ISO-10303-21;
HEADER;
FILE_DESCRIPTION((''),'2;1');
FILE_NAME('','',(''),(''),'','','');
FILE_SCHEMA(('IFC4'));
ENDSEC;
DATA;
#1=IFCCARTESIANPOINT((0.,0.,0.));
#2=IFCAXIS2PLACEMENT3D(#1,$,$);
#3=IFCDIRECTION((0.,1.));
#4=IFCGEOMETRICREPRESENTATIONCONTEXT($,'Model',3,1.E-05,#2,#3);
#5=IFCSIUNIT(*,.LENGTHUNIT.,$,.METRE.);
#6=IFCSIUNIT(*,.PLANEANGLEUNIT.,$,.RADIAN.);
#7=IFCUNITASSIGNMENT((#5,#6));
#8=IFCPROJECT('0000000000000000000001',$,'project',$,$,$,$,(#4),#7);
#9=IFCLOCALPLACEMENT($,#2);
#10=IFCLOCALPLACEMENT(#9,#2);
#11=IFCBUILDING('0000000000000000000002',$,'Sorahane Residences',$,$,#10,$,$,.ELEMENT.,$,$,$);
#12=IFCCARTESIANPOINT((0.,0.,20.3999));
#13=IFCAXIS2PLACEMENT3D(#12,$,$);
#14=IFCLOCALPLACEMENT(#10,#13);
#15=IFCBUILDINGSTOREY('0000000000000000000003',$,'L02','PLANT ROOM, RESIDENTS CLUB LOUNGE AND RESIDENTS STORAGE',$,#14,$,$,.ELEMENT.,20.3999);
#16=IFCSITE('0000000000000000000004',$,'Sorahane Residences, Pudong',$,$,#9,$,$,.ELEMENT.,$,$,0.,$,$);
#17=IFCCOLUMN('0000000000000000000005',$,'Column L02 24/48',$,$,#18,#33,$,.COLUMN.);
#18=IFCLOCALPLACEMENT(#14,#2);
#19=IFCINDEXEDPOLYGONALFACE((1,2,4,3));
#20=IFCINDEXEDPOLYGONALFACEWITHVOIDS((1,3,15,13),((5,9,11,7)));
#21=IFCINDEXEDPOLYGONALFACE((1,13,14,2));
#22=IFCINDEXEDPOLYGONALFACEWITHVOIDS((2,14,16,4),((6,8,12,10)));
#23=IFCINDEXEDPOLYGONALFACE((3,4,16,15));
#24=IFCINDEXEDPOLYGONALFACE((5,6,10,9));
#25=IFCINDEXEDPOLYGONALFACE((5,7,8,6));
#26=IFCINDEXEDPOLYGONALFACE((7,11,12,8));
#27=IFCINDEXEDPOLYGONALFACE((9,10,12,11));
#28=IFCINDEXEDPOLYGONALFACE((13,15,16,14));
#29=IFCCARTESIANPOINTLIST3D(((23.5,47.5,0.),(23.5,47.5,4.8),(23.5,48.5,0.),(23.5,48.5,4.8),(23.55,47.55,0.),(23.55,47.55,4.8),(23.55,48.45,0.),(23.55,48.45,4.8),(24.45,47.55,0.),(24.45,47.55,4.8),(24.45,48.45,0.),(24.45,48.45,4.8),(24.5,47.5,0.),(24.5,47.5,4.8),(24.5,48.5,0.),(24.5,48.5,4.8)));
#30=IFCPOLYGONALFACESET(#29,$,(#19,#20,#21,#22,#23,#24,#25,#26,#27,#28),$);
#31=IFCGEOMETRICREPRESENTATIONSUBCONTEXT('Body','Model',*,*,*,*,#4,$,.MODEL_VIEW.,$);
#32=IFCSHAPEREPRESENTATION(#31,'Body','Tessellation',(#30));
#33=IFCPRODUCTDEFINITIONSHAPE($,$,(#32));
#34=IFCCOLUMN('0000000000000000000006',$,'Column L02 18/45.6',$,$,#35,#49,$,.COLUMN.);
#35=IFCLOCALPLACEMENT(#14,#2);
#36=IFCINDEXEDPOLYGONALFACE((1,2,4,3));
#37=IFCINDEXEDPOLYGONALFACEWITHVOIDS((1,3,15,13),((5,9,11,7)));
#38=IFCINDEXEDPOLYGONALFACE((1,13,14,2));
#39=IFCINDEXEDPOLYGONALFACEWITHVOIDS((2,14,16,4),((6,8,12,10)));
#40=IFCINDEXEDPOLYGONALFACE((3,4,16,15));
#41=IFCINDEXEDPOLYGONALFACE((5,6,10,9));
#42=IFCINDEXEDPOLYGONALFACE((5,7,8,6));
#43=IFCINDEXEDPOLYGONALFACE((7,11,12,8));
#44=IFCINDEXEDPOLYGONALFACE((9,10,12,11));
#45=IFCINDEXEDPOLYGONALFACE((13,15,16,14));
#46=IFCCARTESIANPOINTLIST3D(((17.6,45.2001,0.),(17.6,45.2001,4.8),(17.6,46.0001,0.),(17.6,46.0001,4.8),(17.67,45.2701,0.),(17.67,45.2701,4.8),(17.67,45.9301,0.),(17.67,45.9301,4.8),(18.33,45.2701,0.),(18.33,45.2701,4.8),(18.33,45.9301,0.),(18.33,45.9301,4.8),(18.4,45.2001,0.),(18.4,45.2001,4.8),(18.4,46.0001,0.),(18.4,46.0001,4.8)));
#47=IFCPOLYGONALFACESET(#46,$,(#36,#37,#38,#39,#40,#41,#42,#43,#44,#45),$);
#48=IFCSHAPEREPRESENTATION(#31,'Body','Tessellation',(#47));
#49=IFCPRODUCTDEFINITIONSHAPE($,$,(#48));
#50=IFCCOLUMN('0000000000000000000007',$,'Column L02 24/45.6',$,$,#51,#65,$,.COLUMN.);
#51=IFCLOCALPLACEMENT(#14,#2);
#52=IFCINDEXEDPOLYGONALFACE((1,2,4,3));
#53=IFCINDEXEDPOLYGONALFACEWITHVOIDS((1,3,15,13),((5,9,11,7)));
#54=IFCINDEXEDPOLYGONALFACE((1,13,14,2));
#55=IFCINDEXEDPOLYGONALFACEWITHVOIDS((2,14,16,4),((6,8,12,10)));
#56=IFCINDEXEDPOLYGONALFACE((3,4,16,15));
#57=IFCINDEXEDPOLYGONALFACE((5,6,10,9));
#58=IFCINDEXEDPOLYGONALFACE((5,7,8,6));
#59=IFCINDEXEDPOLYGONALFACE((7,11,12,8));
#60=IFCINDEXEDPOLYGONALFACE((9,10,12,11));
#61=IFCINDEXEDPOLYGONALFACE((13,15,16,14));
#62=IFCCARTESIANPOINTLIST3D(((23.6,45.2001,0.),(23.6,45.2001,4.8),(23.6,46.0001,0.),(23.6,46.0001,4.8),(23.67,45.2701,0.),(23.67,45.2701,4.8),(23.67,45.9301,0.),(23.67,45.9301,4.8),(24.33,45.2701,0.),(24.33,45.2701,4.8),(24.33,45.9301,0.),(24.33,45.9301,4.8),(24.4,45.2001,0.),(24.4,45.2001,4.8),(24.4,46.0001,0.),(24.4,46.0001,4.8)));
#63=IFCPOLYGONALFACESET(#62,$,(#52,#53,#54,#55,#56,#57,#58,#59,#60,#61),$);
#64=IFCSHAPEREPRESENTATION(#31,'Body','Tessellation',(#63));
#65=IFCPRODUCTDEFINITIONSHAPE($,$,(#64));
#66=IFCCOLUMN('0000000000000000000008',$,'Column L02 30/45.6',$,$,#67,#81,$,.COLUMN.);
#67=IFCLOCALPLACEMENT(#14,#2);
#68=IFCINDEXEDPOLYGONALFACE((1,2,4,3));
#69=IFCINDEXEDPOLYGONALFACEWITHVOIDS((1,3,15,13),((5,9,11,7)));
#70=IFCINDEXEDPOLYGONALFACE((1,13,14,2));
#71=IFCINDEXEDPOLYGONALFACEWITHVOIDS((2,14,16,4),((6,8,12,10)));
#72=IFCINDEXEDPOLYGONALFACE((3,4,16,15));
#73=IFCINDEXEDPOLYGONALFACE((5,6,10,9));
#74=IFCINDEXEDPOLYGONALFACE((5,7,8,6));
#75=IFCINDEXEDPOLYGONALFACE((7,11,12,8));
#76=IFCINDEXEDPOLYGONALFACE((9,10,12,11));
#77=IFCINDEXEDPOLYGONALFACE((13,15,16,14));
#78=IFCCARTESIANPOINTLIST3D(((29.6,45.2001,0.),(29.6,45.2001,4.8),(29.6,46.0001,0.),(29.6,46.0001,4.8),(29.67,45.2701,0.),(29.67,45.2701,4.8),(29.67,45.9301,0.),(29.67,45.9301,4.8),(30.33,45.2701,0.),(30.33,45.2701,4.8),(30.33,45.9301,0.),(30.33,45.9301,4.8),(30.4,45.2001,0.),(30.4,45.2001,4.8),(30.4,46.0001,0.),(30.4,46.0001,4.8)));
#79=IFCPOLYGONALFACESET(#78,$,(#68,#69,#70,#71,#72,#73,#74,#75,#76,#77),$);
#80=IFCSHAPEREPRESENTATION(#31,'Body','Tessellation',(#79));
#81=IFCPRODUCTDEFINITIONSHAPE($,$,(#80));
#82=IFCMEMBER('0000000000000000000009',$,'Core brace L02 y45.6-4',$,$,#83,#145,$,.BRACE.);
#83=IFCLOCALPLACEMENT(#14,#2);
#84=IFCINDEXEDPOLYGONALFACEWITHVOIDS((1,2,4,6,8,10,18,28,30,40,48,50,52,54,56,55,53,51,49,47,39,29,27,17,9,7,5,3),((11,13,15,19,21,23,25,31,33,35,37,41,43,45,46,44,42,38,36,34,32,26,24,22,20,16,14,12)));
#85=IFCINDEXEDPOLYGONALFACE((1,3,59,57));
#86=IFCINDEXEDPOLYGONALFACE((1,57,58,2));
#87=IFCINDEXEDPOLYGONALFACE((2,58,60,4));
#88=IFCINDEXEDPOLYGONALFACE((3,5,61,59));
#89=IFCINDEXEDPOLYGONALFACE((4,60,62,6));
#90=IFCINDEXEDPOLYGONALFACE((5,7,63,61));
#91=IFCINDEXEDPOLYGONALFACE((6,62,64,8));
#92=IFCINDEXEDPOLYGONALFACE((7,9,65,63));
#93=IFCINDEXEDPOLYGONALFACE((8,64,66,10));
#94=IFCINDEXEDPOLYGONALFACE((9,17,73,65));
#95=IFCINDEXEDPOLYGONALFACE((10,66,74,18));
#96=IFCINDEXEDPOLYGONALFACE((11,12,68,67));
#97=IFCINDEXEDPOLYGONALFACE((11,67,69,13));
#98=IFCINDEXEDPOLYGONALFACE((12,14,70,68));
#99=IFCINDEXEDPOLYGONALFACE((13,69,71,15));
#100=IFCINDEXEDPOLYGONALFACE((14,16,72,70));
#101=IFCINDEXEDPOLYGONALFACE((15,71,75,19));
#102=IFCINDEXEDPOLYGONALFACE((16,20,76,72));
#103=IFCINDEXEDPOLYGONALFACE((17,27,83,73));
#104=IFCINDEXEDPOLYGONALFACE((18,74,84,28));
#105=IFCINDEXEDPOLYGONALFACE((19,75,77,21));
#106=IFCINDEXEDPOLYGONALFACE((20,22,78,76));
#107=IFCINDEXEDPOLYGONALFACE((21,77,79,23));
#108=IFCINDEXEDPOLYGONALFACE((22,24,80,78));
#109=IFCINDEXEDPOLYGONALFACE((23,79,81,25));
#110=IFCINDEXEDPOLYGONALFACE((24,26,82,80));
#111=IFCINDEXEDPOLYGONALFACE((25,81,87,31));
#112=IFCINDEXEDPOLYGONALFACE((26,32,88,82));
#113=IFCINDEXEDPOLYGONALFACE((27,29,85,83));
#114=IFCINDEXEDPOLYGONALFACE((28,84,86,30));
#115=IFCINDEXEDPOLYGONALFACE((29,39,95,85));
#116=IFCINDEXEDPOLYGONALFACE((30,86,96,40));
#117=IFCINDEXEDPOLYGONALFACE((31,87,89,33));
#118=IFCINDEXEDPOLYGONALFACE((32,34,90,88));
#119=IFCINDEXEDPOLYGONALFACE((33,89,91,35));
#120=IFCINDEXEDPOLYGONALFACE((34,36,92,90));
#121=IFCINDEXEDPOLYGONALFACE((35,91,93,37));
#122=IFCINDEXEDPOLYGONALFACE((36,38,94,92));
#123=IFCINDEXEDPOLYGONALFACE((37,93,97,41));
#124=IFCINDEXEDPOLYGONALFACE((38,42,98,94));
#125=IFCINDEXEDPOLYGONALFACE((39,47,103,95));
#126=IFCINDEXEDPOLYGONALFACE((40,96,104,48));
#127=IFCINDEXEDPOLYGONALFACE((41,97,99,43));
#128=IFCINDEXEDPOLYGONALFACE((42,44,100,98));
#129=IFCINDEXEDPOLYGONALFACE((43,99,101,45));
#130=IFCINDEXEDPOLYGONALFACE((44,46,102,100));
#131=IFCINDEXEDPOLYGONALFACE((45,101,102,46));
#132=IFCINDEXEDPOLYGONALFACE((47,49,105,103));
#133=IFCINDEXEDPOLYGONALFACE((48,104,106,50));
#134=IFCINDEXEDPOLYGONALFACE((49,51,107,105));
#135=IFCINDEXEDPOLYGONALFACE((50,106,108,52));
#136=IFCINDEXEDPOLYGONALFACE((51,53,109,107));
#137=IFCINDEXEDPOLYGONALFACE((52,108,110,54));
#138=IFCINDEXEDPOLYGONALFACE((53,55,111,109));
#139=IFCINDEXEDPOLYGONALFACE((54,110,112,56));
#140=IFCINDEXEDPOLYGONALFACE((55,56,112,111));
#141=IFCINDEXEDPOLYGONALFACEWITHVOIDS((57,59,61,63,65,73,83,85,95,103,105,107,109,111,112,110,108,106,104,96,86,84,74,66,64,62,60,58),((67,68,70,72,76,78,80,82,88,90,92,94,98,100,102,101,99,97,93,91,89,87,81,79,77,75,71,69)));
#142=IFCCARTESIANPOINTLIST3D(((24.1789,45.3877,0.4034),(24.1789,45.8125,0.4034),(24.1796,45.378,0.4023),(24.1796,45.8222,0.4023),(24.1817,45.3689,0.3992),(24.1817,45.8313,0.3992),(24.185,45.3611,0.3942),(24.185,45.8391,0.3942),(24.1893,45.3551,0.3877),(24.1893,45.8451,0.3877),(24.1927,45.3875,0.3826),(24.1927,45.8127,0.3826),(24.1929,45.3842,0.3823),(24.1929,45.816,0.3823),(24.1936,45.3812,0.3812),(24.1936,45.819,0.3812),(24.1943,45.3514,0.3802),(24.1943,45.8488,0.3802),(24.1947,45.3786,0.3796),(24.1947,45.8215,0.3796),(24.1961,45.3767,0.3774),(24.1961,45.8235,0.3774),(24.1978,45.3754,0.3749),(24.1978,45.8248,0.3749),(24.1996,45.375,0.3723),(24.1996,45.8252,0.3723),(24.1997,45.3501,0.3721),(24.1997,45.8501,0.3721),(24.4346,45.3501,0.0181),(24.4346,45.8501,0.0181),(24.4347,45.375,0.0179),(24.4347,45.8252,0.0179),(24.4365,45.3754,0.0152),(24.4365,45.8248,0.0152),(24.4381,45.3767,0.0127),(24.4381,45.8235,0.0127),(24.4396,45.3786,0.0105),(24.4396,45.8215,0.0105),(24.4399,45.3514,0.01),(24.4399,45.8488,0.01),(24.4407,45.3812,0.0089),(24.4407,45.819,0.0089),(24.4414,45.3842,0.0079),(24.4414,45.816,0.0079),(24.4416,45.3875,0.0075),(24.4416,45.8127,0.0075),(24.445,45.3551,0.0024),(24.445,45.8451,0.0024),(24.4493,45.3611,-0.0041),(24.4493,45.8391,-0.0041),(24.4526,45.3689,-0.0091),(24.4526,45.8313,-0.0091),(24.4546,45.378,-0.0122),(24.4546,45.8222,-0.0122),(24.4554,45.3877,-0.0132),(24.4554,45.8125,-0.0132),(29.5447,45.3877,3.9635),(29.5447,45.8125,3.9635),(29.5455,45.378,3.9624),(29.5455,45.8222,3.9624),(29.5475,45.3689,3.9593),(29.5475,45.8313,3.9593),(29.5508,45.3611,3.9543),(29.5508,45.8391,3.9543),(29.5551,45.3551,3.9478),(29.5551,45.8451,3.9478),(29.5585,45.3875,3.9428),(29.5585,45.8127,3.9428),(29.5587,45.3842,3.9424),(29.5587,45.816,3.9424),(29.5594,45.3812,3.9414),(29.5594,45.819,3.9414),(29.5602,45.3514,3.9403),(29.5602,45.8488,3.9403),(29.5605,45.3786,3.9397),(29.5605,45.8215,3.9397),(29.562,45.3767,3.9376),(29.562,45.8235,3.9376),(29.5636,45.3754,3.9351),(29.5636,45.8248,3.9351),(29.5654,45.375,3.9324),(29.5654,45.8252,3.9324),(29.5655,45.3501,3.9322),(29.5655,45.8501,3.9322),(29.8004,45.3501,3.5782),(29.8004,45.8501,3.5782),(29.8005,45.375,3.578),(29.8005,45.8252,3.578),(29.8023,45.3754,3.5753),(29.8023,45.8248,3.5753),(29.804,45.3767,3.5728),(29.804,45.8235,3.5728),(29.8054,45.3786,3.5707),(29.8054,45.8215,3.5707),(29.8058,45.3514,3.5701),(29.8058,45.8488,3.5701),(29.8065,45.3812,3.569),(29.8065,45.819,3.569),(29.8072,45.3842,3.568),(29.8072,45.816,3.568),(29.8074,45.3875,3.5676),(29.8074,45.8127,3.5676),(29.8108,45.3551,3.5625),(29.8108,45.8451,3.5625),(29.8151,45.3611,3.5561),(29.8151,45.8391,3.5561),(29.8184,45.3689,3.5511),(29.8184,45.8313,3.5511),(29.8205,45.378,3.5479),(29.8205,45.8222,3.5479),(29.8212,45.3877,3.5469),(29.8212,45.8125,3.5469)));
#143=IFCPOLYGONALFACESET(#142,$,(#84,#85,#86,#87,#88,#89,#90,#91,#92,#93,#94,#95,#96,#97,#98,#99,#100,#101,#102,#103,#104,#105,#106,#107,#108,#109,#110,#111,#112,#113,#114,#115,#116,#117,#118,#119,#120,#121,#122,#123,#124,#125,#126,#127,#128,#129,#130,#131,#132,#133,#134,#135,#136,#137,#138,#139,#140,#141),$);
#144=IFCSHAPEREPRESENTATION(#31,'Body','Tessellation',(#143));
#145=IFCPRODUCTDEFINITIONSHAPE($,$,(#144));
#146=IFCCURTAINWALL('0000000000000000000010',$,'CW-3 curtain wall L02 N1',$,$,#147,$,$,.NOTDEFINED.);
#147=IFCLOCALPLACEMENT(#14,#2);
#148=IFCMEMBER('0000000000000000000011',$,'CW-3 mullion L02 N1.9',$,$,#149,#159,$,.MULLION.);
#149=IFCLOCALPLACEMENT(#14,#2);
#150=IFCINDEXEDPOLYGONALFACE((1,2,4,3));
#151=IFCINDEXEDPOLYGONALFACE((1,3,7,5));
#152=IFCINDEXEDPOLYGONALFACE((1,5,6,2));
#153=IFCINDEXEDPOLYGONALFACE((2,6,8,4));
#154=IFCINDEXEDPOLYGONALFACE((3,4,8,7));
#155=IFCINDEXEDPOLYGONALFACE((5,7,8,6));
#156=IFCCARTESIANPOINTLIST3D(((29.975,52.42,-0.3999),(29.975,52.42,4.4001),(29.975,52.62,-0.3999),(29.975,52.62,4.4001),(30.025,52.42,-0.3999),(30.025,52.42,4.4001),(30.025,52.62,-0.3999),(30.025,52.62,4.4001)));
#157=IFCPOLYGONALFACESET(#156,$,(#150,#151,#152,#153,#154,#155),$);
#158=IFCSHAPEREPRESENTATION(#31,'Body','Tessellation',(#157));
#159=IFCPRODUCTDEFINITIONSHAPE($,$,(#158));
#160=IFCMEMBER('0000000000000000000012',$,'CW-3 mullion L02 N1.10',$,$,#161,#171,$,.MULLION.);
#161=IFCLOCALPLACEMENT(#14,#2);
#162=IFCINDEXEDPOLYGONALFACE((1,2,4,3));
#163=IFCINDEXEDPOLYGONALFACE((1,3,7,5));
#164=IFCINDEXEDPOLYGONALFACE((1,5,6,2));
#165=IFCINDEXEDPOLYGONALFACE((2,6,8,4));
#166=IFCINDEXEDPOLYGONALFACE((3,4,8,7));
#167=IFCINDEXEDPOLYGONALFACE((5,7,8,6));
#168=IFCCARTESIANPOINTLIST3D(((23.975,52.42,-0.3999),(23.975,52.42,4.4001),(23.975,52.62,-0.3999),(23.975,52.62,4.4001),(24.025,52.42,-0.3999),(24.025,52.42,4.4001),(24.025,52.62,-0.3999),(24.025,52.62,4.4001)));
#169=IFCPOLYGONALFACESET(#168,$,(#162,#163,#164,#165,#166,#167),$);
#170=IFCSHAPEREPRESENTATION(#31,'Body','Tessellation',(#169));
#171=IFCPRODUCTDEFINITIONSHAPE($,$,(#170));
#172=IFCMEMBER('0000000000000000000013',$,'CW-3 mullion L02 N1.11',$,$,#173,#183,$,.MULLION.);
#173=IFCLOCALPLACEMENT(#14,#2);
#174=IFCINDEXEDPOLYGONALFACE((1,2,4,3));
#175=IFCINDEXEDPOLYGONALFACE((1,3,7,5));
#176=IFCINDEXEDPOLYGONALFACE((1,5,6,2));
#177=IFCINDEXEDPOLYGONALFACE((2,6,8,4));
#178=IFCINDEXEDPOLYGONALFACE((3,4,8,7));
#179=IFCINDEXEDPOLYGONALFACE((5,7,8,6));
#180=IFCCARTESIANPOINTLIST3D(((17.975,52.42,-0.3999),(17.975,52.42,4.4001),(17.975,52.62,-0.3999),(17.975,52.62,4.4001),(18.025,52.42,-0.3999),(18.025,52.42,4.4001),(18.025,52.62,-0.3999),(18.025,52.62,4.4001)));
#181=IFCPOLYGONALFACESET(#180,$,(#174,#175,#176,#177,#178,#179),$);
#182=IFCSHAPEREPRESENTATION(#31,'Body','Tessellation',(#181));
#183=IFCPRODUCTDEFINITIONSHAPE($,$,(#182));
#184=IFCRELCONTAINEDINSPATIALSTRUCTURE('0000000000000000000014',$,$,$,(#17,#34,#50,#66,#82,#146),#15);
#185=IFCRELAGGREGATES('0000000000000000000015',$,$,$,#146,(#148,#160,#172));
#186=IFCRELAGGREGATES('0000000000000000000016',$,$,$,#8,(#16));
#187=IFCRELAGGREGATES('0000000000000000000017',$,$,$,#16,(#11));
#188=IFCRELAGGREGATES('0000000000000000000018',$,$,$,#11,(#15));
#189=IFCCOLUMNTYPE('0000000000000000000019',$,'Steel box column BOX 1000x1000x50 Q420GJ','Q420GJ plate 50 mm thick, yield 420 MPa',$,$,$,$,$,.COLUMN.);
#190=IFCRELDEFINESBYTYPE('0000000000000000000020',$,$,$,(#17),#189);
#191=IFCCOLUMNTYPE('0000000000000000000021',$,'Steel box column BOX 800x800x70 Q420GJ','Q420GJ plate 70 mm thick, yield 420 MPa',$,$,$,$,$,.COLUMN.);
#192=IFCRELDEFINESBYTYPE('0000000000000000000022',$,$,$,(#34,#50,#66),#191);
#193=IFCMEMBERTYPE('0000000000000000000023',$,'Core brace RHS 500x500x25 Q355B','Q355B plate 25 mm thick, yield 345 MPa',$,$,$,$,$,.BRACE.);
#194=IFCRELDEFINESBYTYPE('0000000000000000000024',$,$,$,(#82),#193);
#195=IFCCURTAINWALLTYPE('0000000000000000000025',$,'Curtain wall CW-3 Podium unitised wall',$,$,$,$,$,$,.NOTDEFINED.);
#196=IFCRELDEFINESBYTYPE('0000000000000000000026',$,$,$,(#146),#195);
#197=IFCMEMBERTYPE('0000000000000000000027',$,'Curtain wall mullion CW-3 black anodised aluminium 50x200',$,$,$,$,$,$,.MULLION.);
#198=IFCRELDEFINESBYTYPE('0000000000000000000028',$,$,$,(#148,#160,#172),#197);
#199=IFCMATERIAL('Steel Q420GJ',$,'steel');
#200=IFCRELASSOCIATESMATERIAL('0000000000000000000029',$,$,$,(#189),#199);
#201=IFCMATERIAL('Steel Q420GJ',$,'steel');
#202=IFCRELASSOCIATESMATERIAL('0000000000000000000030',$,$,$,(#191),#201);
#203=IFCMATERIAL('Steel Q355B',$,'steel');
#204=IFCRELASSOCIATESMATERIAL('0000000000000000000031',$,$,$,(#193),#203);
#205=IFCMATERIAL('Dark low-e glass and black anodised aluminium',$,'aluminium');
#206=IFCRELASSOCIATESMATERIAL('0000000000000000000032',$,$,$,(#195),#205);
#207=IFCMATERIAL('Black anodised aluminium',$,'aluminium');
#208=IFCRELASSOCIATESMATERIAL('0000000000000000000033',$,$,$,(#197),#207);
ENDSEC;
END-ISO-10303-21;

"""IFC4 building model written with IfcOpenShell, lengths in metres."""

from ifc_helpers import new_model, si_unit, direction, frame, origin, origin_2d, place, context, subcontext, project, spatial, rectangle, hollow_rectangle, extrude, material, material_profile, profile_set, type_object, element, aggregate, save


model = new_model("IFC4")

# Units and contexts
model_context = context("Model", 3, precision=1e-05, world=origin(), true_north=direction((0.0, 1.0)))
body_context = subcontext(model_context, "Body", "Model", "MODEL_VIEW")
ifc_project = project(units=[si_unit("LENGTHUNIT", "METRE"), si_unit("PLANEANGLEUNIT", "RADIAN")], contexts=[model_context])

# Site, building, storey
site_placement = place(None, origin())
site = spatial("IfcSite", under=ifc_project, at=site_placement, Name="Sorahane Residences, Pudong", CompositionType="ELEMENT", RefElevation=0.0)
building_placement = place(site_placement, origin())
building = spatial("IfcBuilding", under=site, at=building_placement, Name="Sorahane Residences", CompositionType="ELEMENT")
storey_placement = place(building_placement, frame((0.0, 0.0, 20.3999)))
storey = spatial("IfcBuildingStorey", under=building, at=storey_placement, Name="L02", Description="PLANT ROOM, RESIDENTS CLUB LOUNGE AND RESIDENTS STORAGE", CompositionType="ELEMENT", Elevation=20.3999)

# Columns
ifc_material_1 = material(Name="Steel Q420GJ", Category="steel")
ifc_material_profile_1 = material_profile(ifc_material_1, hollow_rectangle(XDim=1.0, YDim=1.0, WallThickness=0.05, at=origin_2d()), Name="BOX 1000x1000x50")
ifc_profile_set_1 = profile_set([ifc_material_profile_1], Name="Steel Q420GJ")
column_type_1 = type_object("IfcColumnType", Name="Steel box column BOX 1000x1000x50 Q420GJ", Description="Q420GJ plate 50 mm thick, yield 420 MPa", PredefinedType="COLUMN", material=ifc_profile_set_1)
column_placement = place(storey_placement, frame((24.0, 48.0, 0.0), z_axis=(0.0, 0.0, 1.0), x_axis=(1.0, 0.0, 0.0)))
element("IfcColumn", 1, at=column_placement, inside=storey, type_object=column_type_1, Name="Column L02 24/48", PredefinedType="COLUMN", context=body_context, shape_type="SweptSolid", body=[
    extrude(hollow_rectangle(XDim=1.0, YDim=1.0, WallThickness=0.05, at=origin_2d()), origin(), (0.0, 0.0, 1.0), 4.8),
])
ifc_material_2 = material(Name="Steel Q420GJ", Category="steel")
ifc_material_profile_2 = material_profile(ifc_material_2, hollow_rectangle(XDim=0.8, YDim=0.8, WallThickness=0.0701, at=origin_2d()), Name="BOX 800x800x70")
ifc_profile_set_2 = profile_set([ifc_material_profile_2], Name="Steel Q420GJ")
column_type_2 = type_object("IfcColumnType", Name="Steel box column BOX 800x800x70 Q420GJ", Description="Q420GJ plate 70 mm thick, yield 420 MPa", PredefinedType="COLUMN", material=ifc_profile_set_2)
for number, where, z_axis, x_axis, name in (
    (2, (18.0, 45.6001, 0.0), (0.0, 0.0, 1.0), (1.0, 0.0, 0.0), "Column L02 18/45.6"),
    (3, (24.0, 45.6001, 0.0), (0.0, 0.0, 1.0), (1.0, 0.0, 0.0), "Column L02 24/45.6"),
    (4, (30.0, 45.6001, 0.0), (0.0, 0.0, 1.0), (1.0, 0.0, 0.0), "Column L02 30/45.6"),
):
    element("IfcColumn", number, at=place(storey_placement, frame(where, z_axis=z_axis, x_axis=x_axis)), inside=storey, type_object=column_type_2, Name=name, PredefinedType="COLUMN", context=body_context, shape_type="SweptSolid", body=[
        extrude(hollow_rectangle(XDim=0.8, YDim=0.8, WallThickness=0.0701, at=origin_2d()), origin(), (0.0, 0.0, 1.0), 4.8),
    ])

# Member
ifc_material_3 = material(Name="Steel Q355B", Category="steel")
ifc_material_profile_3 = material_profile(ifc_material_3, hollow_rectangle(XDim=0.5, YDim=0.5, WallThickness=0.0249, InnerFilletRadius=0.0125, OuterFilletRadius=0.0376, at=origin_2d()), Name="RHS 500x500x25")
ifc_profile_set_3 = profile_set([ifc_material_profile_3], Name="Steel Q355B")
member_type_1 = type_object("IfcMemberType", Name="Core brace RHS 500x500x25 Q355B", Description="Q355B plate 25 mm thick, yield 345 MPa", PredefinedType="BRACE", material=ifc_profile_set_3)
member_1_placement = place(storey_placement, frame((24.3171, 45.6001, 0.1951), z_axis=(0.833273, 0.0, 0.552861), x_axis=(0.0, 1.0, 0.0)))
element("IfcMember", 5, at=member_1_placement, inside=storey, type_object=member_type_1, Name="Core brace L02 y45.6-4", PredefinedType="BRACE", context=body_context, shape_type="SweptSolid", body=[
    extrude(hollow_rectangle(XDim=0.5, YDim=0.5, WallThickness=0.0249, InnerFilletRadius=0.0125, OuterFilletRadius=0.0376, at=origin_2d()), origin(), (0.0, 0.0, 1.0), 6.4395),
])

# Curtain wall, members
ifc_material_4 = material(Name="Dark low-e glass and black anodised aluminium", Category="aluminium")
curtain_wall_type = type_object("IfcCurtainWallType", Name="Curtain wall CW-3 Podium unitised wall", PredefinedType="NOTDEFINED", material=ifc_material_4)
curtain_wall_placement = place(storey_placement, origin())
curtain_wall = element("IfcCurtainWall", 6, at=curtain_wall_placement, inside=storey, type_object=curtain_wall_type, Name="CW-3 curtain wall L02 N1", PredefinedType="NOTDEFINED")
ifc_material_5 = material(Name="Black anodised aluminium", Category="aluminium")
ifc_material_profile_4 = material_profile(ifc_material_5, rectangle(XDim=0.2, YDim=0.05, at=origin_2d()), Name="Curtain wall mullion CW-3 black anodised aluminium 50x200")
ifc_profile_set_4 = profile_set([ifc_material_profile_4], Name="Black anodised aluminium")
member_type_2 = type_object("IfcMemberType", Name="Curtain wall mullion CW-3 black anodised aluminium 50x200", PredefinedType="MULLION", material=ifc_profile_set_4)
member_2_placement = place(storey_placement, frame((30.0, 52.52, -0.3999), z_axis=(0.0, 0.0, 1.0), x_axis=(0.0, 1.0, 0.0)))
member_2 = element("IfcMember", 7, at=member_2_placement, type_object=member_type_2, Name="CW-3 mullion L02 N1.9", PredefinedType="MULLION", context=body_context, shape_type="SweptSolid", body=[
    extrude(rectangle(XDim=0.2, YDim=0.05, at=origin_2d()), origin(), (0.0, 0.0, 1.0), 4.8),
])
member_3_placement = place(storey_placement, frame((24.0, 52.52, -0.3999), z_axis=(0.0, 0.0, 1.0), x_axis=(0.0, 1.0, 0.0)))
member_3 = element("IfcMember", 8, at=member_3_placement, type_object=member_type_2, Name="CW-3 mullion L02 N1.10", PredefinedType="MULLION", context=body_context, shape_type="SweptSolid", body=[
    extrude(rectangle(XDim=0.2, YDim=0.05, at=origin_2d()), origin(), (0.0, 0.0, 1.0), 4.8),
])
member_4_placement = place(storey_placement, frame((18.0, 52.52, -0.3999), z_axis=(0.0, 0.0, 1.0), x_axis=(0.0, 1.0, 0.0)))
member_4 = element("IfcMember", 9, at=member_4_placement, type_object=member_type_2, Name="CW-3 mullion L02 N1.11", PredefinedType="MULLION", context=body_context, shape_type="SweptSolid", body=[
    extrude(rectangle(XDim=0.2, YDim=0.05, at=origin_2d()), origin(), (0.0, 0.0, 1.0), 4.8),
])

aggregate(curtain_wall, [member_2, member_3, member_4])

save(model, "model.ifc")
